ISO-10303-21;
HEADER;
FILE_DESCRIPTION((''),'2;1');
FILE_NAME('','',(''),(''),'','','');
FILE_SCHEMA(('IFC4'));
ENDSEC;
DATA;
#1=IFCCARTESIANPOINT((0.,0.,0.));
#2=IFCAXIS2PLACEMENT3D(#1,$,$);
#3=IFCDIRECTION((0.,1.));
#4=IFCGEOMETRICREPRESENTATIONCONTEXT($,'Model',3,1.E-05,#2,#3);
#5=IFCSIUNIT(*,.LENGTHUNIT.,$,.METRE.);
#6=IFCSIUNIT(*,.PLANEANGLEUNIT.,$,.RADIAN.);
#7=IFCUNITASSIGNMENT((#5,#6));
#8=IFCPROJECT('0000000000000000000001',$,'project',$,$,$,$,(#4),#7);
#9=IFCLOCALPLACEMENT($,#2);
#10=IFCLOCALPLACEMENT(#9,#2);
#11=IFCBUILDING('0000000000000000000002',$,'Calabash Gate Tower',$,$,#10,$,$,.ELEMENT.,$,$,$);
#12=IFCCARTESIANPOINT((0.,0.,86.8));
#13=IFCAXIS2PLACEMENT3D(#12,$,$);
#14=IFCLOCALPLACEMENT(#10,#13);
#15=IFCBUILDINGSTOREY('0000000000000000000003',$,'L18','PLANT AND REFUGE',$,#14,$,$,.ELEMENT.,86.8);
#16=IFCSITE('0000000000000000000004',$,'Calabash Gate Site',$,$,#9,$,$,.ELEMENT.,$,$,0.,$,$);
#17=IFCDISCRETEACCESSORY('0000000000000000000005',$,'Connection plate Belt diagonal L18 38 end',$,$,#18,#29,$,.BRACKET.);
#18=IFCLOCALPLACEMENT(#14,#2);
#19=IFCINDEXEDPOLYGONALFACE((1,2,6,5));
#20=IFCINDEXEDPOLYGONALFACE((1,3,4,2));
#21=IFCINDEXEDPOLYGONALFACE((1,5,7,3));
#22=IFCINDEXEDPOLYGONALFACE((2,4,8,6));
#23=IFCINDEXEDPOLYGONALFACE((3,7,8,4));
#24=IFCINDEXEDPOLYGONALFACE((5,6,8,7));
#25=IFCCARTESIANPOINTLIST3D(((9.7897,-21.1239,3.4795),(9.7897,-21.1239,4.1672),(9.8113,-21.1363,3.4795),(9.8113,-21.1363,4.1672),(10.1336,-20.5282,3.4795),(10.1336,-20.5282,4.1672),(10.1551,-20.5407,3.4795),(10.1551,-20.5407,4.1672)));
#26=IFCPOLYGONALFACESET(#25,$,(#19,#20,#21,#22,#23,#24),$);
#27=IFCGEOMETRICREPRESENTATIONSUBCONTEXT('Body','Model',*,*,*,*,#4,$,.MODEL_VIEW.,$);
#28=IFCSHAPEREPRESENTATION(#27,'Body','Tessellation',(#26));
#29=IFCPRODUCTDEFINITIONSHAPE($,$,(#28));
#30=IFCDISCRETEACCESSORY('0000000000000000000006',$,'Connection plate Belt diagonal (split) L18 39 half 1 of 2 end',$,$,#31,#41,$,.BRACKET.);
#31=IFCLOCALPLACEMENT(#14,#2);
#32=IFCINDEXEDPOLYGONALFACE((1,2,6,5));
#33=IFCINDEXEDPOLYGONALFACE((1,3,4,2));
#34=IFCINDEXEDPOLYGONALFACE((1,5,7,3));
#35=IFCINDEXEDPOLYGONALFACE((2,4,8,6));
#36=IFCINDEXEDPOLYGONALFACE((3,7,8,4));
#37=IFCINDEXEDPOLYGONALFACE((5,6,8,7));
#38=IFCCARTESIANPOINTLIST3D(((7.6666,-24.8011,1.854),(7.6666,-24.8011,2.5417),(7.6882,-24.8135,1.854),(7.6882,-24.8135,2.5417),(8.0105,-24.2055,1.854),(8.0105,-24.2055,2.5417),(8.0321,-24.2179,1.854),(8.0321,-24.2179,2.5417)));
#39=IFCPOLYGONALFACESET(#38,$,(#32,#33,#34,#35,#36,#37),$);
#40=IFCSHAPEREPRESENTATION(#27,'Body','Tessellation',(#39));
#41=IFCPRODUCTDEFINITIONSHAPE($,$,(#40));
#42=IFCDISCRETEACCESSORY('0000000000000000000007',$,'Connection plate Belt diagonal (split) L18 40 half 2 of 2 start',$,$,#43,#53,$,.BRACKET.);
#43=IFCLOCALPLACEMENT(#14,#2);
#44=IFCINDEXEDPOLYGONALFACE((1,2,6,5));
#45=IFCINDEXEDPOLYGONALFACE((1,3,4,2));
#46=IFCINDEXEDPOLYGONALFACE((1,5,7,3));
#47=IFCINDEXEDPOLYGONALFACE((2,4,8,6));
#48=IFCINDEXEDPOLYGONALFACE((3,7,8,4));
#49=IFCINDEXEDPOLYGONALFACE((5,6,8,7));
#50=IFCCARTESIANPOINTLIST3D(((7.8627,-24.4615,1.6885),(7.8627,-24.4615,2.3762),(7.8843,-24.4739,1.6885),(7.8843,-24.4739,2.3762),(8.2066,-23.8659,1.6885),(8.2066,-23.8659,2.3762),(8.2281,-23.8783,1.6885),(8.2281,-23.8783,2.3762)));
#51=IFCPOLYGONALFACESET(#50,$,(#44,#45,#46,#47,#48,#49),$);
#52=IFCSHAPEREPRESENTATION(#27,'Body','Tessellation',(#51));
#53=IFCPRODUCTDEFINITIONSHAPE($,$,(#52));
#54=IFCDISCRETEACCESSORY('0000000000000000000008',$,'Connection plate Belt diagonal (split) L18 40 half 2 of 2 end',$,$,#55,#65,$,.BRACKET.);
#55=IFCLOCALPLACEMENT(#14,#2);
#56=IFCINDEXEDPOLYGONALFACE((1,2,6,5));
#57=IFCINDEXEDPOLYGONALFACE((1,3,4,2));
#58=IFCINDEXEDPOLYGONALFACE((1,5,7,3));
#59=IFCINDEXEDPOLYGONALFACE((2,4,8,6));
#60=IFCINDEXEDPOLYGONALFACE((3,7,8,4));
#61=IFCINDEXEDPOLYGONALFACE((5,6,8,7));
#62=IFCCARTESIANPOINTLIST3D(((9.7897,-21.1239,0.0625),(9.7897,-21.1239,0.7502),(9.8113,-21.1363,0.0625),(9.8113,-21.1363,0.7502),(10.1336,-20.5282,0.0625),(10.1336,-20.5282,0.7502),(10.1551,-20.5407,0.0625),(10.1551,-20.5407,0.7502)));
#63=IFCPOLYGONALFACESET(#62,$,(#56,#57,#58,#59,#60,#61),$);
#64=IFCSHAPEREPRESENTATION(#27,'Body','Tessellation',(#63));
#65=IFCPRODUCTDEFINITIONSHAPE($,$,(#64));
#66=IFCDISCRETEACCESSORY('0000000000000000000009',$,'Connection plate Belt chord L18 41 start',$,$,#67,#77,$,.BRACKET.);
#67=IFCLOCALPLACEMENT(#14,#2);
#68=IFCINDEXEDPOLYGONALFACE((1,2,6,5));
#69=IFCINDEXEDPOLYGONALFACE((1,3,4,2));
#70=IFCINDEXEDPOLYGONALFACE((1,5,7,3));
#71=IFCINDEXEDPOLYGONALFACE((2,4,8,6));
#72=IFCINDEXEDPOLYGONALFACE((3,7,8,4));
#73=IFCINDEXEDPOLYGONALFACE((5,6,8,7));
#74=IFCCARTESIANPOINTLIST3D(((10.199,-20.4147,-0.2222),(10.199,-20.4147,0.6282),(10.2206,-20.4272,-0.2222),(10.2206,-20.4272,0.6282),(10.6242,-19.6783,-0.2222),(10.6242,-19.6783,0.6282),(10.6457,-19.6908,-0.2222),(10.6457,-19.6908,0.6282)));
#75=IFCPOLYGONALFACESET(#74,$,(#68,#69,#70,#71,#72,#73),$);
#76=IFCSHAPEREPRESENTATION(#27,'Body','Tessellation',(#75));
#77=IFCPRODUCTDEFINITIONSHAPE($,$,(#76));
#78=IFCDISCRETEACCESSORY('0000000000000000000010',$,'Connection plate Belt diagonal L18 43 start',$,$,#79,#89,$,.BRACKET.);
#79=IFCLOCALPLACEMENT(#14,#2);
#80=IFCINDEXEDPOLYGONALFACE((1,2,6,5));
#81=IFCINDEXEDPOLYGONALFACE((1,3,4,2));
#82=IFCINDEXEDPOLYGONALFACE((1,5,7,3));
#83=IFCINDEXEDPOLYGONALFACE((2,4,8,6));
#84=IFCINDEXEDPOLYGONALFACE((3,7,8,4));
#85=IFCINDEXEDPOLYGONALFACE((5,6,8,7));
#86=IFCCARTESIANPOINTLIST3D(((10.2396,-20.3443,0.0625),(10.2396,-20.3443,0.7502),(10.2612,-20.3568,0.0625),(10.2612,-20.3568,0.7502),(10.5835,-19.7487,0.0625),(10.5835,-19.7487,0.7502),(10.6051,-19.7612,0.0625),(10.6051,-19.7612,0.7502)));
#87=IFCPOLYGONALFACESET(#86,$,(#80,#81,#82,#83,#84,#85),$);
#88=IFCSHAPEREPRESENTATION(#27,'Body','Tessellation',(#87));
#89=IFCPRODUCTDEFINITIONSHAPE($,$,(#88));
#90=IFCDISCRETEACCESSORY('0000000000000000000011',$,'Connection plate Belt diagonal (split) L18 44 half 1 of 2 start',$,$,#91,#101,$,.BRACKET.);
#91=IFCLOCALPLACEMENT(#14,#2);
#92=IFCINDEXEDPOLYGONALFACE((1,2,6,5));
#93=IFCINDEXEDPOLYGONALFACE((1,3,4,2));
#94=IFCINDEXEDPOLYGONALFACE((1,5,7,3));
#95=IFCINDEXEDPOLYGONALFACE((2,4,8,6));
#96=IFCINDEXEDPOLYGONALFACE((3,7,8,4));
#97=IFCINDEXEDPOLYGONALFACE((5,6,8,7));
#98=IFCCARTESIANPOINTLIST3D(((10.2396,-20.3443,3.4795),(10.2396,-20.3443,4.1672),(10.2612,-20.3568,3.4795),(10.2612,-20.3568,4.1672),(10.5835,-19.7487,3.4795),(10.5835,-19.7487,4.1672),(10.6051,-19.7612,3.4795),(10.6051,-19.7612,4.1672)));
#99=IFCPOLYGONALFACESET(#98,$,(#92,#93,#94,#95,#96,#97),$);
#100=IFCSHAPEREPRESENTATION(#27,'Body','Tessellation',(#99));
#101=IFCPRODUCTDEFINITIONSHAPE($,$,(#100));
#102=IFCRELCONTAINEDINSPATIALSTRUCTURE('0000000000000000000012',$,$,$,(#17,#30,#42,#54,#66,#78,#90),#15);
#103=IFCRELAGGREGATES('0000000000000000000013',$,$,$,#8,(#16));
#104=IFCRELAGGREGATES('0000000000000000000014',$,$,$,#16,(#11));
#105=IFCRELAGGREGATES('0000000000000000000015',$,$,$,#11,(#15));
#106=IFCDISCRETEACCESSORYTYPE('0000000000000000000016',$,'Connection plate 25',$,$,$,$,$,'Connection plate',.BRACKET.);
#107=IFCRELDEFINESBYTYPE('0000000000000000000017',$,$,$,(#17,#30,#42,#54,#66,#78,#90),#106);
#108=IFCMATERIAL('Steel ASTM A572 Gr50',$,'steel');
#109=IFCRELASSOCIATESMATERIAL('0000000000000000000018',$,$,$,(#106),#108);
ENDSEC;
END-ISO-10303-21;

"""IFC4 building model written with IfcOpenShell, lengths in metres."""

from ifc_helpers import new_model, si_unit, direction, frame, origin, origin_2d, place, context, subcontext, project, spatial, rectangle, extrude, material, type_object, element, save


model = new_model("IFC4")

# Units and contexts
model_context = context("Model", 3, precision=1e-05, world=origin(), true_north=direction((0.0, 1.0)))
body_context = subcontext(model_context, "Body", "Model", "MODEL_VIEW")
ifc_project = project(units=[si_unit("LENGTHUNIT", "METRE"), si_unit("PLANEANGLEUNIT", "RADIAN")], contexts=[model_context])

# Site, building, storey
site_placement = place(None, origin())
site = spatial("IfcSite", under=ifc_project, at=site_placement, Name="Calabash Gate Site", CompositionType="ELEMENT", RefElevation=0.0)
building_placement = place(site_placement, origin())
building = spatial("IfcBuilding", under=site, at=building_placement, Name="Calabash Gate Tower", CompositionType="ELEMENT")
storey_placement = place(building_placement, frame((0.0, 0.0, 86.8)))
storey = spatial("IfcBuildingStorey", under=building, at=storey_placement, Name="L18", Description="PLANT AND REFUGE", CompositionType="ELEMENT", Elevation=86.8)

# Discrete accessories
ifc_material_1 = material(Name="Steel ASTM A572 Gr50", Category="steel")
discrete_accessory_type = type_object("IfcDiscreteAccessoryType", Name="Connection plate 25", ElementType="Connection plate", PredefinedType="BRACKET", material=ifc_material_1)
for number, where, z_axis, x_axis, name in (
    (1, (9.9724, -20.8323, 3.4795), (0.0, 0.0, 1.0), (0.5, 0.866025, 0.0), "Connection plate Belt diagonal L18 38 end"),
    (2, (7.8494, -24.5095, 1.854), (0.0, 0.0, 1.0), (0.5, 0.866025, 0.0), "Connection plate Belt diagonal (split) L18 39 half 1 of 2 end"),
    (3, (8.0454, -24.1699, 1.6885), (0.0, 0.0, 1.0), (0.5, 0.866025, 0.0), "Connection plate Belt diagonal (split) L18 40 half 2 of 2 start"),
    (4, (9.9724, -20.8323, 0.0625), (0.0, 0.0, 1.0), (0.5, 0.866025, 0.0), "Connection plate Belt diagonal (split) L18 40 half 2 of 2 end"),
):
    element("IfcDiscreteAccessory", number, at=place(storey_placement, frame(where, z_axis=z_axis, x_axis=x_axis)), inside=storey, type_object=discrete_accessory_type, Name=name, PredefinedType="BRACKET", context=body_context, shape_type="SweptSolid", body=[
        extrude(rectangle(XDim=0.6877, YDim=0.0249, at=origin_2d()), origin(), (0.0, 0.0, 1.0), 0.6877),
    ])
discrete_accessory_placement = place(storey_placement, frame((10.4224, -20.0527, -0.2222), z_axis=(0.0, 0.0, 1.0), x_axis=(0.5, 0.866025, 0.0)))
element("IfcDiscreteAccessory", 5, at=discrete_accessory_placement, inside=storey, type_object=discrete_accessory_type, Name="Connection plate Belt chord L18 41 start", PredefinedType="BRACKET", context=body_context, shape_type="SweptSolid", body=[
    extrude(rectangle(XDim=0.8503, YDim=0.0249, at=origin_2d()), origin(), (0.0, 0.0, 1.0), 0.8503),
])
for number, where, z_axis, x_axis, name in (
    (6, (10.4224, -20.0527, 0.0625), (0.0, 0.0, 1.0), (0.5, 0.866025, 0.0), "Connection plate Belt diagonal L18 43 start"),
    (7, (10.4224, -20.0527, 3.4795), (0.0, 0.0, 1.0), (0.5, 0.866025, 0.0), "Connection plate Belt diagonal (split) L18 44 half 1 of 2 start"),
):
    element("IfcDiscreteAccessory", number, at=place(storey_placement, frame(where, z_axis=z_axis, x_axis=x_axis)), inside=storey, type_object=discrete_accessory_type, Name=name, PredefinedType="BRACKET", context=body_context, shape_type="SweptSolid", body=[
        extrude(rectangle(XDim=0.6877, YDim=0.0249, at=origin_2d()), origin(), (0.0, 0.0, 1.0), 0.6877),
    ])

save(model, "model.ifc")
